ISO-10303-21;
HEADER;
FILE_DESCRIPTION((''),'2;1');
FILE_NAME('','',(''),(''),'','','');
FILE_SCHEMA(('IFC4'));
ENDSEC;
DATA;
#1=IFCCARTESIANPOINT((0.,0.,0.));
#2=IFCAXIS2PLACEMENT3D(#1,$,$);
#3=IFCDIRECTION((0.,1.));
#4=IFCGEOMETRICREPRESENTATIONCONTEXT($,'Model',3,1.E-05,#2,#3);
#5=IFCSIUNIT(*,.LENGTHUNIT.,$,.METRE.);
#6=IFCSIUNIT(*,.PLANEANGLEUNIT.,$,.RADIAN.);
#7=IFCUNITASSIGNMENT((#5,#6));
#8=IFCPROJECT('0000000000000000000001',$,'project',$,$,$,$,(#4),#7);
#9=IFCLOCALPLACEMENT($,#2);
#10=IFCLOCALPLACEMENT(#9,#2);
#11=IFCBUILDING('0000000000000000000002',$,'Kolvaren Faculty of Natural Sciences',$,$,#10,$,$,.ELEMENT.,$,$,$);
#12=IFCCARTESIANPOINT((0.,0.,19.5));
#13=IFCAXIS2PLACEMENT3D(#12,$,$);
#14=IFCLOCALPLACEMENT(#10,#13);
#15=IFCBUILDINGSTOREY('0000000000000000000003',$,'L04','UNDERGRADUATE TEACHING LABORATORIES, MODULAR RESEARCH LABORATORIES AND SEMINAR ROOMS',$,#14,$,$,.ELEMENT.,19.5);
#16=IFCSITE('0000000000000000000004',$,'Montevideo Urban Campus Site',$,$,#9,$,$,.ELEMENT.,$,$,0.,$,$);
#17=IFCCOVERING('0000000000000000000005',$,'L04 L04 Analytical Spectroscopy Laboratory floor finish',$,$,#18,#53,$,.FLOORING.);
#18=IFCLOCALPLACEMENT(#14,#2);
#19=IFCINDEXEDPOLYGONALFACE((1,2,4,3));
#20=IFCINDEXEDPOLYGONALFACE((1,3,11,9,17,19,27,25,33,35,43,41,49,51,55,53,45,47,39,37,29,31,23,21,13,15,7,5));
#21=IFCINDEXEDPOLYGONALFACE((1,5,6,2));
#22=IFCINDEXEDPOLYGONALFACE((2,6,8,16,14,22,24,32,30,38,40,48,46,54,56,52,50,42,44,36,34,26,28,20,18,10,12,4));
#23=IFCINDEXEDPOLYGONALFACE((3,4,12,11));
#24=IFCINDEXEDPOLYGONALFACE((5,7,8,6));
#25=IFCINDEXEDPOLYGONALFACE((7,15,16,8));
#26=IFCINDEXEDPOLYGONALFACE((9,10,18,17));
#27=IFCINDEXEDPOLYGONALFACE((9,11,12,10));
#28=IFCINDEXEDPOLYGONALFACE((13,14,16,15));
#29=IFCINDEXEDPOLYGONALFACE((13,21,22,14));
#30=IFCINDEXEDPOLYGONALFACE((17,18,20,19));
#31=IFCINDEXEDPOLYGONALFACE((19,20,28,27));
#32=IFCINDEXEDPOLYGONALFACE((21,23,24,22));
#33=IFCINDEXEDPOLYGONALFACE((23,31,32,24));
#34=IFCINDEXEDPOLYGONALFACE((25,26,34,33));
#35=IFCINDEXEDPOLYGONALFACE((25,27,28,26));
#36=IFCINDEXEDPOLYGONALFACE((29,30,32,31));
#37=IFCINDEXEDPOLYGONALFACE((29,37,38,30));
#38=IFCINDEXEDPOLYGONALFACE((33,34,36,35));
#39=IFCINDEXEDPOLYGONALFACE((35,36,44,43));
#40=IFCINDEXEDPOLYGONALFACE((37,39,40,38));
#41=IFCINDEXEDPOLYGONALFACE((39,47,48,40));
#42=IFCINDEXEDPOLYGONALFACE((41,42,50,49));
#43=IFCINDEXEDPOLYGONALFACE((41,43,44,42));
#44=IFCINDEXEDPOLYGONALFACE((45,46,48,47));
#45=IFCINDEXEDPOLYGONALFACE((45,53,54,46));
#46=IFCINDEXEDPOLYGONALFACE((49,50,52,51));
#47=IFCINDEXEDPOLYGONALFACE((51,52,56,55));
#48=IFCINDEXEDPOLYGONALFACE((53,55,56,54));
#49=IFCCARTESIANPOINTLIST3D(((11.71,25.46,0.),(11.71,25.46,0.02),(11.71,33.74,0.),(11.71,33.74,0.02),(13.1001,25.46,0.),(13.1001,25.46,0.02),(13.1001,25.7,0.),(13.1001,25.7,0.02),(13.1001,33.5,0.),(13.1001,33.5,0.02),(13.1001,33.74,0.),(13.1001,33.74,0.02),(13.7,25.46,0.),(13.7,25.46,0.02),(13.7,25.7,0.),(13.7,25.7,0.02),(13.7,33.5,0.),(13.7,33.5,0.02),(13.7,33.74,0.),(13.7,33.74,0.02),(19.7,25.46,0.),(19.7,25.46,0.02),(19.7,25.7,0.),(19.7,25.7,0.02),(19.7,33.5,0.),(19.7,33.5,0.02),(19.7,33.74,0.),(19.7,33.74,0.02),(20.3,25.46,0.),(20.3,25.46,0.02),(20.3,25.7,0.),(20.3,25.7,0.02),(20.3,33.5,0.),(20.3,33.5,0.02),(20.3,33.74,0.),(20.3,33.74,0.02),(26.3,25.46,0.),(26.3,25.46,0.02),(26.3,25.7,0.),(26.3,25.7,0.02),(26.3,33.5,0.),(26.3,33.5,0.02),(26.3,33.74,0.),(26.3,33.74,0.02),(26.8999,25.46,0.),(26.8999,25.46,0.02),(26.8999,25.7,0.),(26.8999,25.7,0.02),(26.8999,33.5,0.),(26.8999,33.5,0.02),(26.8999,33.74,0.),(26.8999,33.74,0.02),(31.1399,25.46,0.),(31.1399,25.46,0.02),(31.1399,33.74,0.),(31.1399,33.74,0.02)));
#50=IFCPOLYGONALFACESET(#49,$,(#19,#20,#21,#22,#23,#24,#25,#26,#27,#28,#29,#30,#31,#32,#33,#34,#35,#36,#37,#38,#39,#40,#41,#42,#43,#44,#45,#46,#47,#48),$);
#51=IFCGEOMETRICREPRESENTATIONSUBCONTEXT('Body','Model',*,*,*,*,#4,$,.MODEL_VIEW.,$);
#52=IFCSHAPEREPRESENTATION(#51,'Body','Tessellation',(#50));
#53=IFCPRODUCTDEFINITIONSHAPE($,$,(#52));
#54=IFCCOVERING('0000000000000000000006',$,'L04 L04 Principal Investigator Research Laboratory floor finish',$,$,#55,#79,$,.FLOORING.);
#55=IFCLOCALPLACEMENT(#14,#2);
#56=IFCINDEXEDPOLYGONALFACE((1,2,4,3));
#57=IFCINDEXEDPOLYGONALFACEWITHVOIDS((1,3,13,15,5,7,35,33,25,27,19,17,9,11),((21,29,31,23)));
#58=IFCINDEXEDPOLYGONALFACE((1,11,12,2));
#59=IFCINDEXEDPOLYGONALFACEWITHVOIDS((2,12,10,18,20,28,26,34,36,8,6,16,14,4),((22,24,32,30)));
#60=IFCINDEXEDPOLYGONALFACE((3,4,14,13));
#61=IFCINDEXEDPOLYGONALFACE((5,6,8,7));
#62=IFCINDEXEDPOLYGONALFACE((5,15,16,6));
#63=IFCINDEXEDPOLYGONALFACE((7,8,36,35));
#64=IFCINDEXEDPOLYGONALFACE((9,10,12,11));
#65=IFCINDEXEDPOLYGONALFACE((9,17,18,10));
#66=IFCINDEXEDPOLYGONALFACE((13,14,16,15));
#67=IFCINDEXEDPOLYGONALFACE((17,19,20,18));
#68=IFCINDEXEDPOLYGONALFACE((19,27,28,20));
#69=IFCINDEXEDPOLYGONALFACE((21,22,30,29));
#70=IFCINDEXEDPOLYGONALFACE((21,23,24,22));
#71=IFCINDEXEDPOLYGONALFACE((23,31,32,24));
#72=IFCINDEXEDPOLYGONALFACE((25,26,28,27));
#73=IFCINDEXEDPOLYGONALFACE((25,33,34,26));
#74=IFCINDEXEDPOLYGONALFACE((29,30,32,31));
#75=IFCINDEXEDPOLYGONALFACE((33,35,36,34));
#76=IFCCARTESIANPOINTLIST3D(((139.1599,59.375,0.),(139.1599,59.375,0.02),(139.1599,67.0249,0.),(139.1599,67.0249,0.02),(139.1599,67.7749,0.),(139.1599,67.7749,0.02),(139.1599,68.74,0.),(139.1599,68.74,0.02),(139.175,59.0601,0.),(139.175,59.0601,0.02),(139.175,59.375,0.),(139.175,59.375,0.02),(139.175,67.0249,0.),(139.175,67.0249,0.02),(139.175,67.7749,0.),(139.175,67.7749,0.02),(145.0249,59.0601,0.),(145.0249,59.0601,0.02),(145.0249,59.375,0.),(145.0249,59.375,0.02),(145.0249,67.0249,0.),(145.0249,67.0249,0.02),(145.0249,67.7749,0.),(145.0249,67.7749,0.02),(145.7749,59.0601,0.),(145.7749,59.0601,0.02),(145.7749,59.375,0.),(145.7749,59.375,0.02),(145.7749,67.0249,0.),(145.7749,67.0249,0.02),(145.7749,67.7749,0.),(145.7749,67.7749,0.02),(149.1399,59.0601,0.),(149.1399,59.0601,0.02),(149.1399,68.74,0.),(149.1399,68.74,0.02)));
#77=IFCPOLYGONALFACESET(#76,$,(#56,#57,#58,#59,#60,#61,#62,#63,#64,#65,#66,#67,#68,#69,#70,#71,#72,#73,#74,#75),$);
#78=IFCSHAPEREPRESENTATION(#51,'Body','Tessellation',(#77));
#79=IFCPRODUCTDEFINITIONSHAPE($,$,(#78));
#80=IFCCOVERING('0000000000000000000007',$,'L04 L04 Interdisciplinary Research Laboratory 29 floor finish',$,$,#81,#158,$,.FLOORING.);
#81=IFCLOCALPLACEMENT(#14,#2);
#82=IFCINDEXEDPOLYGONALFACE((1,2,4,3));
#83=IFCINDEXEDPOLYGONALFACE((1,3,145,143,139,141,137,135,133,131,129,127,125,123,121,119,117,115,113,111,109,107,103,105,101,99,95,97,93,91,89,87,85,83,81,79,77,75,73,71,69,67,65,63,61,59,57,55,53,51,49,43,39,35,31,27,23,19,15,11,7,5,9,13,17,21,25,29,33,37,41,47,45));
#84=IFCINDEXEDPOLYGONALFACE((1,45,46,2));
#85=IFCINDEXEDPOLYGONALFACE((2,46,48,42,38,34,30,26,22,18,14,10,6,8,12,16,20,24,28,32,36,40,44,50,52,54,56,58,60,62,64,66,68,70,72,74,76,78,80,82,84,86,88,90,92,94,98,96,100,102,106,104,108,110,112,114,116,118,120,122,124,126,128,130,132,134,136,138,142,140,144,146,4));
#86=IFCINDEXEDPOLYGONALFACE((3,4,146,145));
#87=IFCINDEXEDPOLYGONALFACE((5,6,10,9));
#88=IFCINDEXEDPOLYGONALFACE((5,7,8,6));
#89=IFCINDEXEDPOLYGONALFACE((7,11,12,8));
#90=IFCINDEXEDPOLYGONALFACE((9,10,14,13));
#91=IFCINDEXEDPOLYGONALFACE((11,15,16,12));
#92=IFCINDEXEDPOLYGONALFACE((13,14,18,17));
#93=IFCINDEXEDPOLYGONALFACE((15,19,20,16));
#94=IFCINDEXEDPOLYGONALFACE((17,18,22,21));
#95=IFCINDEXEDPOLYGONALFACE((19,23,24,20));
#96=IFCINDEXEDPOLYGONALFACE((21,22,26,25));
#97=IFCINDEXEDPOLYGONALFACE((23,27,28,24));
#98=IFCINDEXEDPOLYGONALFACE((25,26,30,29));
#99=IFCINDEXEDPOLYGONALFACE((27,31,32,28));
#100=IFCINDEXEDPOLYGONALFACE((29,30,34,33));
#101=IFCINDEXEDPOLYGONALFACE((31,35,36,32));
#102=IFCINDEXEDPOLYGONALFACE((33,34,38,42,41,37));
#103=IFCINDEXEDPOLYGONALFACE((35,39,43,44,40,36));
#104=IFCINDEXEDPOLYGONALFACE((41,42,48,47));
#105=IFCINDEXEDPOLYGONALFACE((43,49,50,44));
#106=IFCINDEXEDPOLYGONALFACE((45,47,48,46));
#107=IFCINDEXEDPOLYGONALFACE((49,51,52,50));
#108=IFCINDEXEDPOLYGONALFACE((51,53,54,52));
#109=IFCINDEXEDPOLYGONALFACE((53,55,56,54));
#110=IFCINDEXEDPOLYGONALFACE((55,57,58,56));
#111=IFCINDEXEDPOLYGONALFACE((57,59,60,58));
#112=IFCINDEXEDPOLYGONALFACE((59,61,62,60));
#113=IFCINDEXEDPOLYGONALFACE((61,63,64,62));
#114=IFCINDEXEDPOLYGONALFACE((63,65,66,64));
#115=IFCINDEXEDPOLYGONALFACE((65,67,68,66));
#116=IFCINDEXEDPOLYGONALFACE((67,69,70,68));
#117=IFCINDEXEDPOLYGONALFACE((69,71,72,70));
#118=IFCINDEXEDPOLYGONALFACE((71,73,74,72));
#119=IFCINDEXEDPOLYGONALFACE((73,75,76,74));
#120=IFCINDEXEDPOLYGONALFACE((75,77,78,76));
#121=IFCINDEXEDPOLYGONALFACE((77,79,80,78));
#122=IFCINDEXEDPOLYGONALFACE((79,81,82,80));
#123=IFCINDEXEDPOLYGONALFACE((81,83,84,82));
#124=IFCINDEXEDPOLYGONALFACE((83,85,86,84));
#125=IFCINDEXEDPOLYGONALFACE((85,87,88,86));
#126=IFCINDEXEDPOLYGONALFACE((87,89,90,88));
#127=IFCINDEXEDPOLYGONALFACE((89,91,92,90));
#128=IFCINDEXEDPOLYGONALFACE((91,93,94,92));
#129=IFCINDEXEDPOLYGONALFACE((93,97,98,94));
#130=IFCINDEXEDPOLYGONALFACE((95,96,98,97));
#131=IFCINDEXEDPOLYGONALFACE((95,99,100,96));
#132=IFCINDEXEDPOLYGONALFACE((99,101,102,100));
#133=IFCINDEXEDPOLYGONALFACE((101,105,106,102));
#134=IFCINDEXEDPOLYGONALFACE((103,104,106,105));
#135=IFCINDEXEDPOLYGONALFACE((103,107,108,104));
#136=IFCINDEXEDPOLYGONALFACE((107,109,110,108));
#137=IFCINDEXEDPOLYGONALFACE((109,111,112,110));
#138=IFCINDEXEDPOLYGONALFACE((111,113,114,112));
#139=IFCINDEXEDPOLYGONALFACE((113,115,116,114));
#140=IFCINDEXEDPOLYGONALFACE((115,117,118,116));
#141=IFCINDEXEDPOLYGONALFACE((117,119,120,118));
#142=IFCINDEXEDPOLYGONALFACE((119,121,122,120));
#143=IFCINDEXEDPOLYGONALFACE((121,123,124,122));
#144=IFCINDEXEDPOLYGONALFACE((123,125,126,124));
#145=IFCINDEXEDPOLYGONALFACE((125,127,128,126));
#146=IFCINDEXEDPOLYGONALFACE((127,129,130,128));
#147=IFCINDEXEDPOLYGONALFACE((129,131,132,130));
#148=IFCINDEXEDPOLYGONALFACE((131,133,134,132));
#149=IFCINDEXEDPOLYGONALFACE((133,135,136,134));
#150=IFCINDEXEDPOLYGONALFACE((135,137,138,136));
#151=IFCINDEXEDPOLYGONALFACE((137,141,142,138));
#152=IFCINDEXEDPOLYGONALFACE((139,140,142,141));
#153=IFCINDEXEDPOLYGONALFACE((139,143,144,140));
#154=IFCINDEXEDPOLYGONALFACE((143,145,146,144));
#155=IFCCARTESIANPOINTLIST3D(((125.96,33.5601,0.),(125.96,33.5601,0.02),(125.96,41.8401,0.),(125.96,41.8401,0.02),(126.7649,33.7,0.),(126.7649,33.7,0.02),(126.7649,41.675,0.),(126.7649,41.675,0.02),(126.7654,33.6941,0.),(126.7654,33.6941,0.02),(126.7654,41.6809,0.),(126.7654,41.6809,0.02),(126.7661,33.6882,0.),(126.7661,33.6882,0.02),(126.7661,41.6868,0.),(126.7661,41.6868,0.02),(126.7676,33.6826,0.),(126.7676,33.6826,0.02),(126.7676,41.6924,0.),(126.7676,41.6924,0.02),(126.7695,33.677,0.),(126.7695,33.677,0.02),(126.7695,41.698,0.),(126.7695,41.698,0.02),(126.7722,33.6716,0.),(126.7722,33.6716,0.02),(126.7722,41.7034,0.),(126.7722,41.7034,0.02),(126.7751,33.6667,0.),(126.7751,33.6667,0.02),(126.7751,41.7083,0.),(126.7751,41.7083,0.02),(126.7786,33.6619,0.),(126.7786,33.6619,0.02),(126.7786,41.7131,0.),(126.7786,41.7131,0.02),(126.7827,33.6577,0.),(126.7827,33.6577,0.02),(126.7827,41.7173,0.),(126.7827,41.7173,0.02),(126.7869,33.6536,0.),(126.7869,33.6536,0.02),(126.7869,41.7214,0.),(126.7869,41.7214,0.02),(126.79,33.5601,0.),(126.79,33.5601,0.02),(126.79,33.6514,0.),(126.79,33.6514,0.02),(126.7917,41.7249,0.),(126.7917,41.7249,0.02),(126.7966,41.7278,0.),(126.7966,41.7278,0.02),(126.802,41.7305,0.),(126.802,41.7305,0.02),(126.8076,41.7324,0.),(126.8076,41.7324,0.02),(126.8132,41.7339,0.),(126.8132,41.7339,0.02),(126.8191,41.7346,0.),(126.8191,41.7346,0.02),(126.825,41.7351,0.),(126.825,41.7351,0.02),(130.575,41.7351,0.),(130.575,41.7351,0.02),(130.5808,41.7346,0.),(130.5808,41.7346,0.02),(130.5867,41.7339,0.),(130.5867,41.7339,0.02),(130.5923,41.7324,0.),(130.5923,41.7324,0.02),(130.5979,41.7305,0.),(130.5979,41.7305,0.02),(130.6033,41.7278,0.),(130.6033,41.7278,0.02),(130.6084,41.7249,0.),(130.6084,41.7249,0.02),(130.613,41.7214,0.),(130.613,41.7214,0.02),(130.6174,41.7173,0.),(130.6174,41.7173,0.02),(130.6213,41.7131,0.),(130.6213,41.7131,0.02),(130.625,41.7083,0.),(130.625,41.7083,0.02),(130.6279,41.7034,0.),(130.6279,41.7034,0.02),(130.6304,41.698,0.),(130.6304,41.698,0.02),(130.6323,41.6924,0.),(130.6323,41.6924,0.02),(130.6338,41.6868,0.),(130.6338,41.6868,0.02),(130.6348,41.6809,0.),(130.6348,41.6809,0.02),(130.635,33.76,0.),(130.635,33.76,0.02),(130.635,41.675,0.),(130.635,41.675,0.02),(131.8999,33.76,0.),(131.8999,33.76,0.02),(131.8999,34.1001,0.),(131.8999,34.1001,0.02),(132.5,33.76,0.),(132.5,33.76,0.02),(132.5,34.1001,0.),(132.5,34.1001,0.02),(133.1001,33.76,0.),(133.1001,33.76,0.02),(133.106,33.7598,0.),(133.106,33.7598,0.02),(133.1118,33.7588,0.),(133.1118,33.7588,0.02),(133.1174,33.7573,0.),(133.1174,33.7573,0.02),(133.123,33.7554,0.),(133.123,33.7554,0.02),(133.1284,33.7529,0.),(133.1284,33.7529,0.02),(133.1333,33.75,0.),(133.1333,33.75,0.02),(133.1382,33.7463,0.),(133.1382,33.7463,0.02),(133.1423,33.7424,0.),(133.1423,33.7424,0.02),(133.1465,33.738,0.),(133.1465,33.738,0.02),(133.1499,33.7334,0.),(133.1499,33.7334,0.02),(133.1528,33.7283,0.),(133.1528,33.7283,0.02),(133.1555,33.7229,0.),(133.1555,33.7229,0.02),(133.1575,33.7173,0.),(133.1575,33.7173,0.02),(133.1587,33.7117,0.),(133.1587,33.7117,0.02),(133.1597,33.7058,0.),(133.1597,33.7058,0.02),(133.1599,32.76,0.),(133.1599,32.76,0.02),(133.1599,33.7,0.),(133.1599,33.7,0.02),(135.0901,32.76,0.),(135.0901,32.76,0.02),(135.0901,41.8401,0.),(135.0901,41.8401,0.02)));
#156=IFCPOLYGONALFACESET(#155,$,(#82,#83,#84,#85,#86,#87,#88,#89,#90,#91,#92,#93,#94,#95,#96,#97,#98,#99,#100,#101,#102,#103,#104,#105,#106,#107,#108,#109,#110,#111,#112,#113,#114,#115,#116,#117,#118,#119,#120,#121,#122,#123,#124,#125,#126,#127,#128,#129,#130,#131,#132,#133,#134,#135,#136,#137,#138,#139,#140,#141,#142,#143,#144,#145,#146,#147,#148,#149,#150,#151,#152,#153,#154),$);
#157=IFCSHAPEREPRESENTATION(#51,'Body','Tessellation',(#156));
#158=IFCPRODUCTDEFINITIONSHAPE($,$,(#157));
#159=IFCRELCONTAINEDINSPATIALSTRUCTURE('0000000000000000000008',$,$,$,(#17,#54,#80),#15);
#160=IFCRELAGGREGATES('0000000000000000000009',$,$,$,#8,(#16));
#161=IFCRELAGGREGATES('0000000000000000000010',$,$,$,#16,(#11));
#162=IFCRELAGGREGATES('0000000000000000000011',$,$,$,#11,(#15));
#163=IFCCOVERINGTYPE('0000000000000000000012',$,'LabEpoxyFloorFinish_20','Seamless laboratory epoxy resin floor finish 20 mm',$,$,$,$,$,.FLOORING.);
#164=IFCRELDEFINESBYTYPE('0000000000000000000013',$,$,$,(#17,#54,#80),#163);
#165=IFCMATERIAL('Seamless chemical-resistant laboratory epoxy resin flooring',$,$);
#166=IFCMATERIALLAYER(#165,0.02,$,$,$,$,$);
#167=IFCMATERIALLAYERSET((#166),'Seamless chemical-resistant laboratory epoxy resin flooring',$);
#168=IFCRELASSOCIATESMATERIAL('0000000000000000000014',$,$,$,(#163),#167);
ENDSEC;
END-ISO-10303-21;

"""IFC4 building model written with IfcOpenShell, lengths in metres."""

from ifc_helpers import new_model, si_unit, direction, frame, origin, place, context, subcontext, project, spatial, polyline, outline, extrude, material, layer, layer_set, type_object, element, save


model = new_model("IFC4")

# Units and contexts
model_context = context("Model", 3, precision=1e-05, world=origin(), true_north=direction((0.0, 1.0)))
body_context = subcontext(model_context, "Body", "Model", "MODEL_VIEW")
ifc_project = project(units=[si_unit("LENGTHUNIT", "METRE"), si_unit("PLANEANGLEUNIT", "RADIAN")], contexts=[model_context])

# Site, building, storey
site_placement = place(None, origin())
site = spatial("IfcSite", under=ifc_project, at=site_placement, Name="Montevideo Urban Campus Site", CompositionType="ELEMENT", RefElevation=0.0)
building_placement = place(site_placement, origin())
building = spatial("IfcBuilding", under=site, at=building_placement, Name="Kolvaren Faculty of Natural Sciences", CompositionType="ELEMENT")
storey_placement = place(building_placement, frame((0.0, 0.0, 19.5)))
storey = spatial("IfcBuildingStorey", under=building, at=storey_placement, Name="L04", Description="UNDERGRADUATE TEACHING LABORATORIES, MODULAR RESEARCH LABORATORIES AND SEMINAR ROOMS", CompositionType="ELEMENT", Elevation=19.5)

# Coverings
ifc_material_1 = material(Name="Seamless chemical-resistant laboratory epoxy resin flooring")
ifc_layer_1 = layer(ifc_material_1, 0.02)
ifc_layer_set_1 = layer_set([ifc_layer_1], Name="Seamless chemical-resistant laboratory epoxy resin flooring")
covering_type_1 = type_object("IfcCoveringType", Name="LabEpoxyFloorFinish_20", Description="Seamless laboratory epoxy resin floor finish 20 mm", PredefinedType="FLOORING", material=ifc_layer_set_1)
covering_1_placement = place(storey_placement, origin())
element("IfcCovering", 1, at=covering_1_placement, inside=storey, type_object=covering_type_1, Name="L04 L04 Analytical Spectroscopy Laboratory floor finish", PredefinedType="FLOORING", context=body_context, shape_type="SweptSolid", body=[
    extrude(outline(polyline([(13.1001, 33.74), (13.1001, 33.5), (13.7, 33.5), (13.7, 33.74), (19.7, 33.74), (19.7, 33.5), (20.3, 33.5), (20.3, 33.74), (26.3, 33.74), (26.3, 33.5), (26.8999, 33.5), (26.8999, 33.74), (31.1399, 33.74), (31.1399, 25.46), (26.8999, 25.46), (26.8999, 25.7), (26.3, 25.7), (26.3, 25.46), (20.3, 25.46), (20.3, 25.7), (19.7, 25.7), (19.7, 25.46), (13.7, 25.46), (13.7, 25.7), (13.1001, 25.7), (13.1001, 25.46), (11.71, 25.46), (11.71, 33.74), (13.1001, 33.74)])), origin(), (0.0, 0.0, 1.0), 0.02),
])
covering_2_placement = place(storey_placement, origin())
element("IfcCovering", 2, at=covering_2_placement, inside=storey, type_object=covering_type_1, Name="L04 L04 Principal Investigator Research Laboratory floor finish", PredefinedType="FLOORING", context=body_context, shape_type="SweptSolid", body=[
    extrude(outline(polyline([(145.7749, 59.0601), (145.7749, 59.375), (145.0249, 59.375), (145.0249, 59.0601), (139.175, 59.0601), (139.175, 59.375), (139.1599, 59.375), (139.1599, 67.0249), (139.175, 67.0249), (139.175, 67.7749), (139.1599, 67.7749), (139.1599, 68.74), (149.1399, 68.74), (149.1399, 59.0601), (145.7749, 59.0601)]), holes=[polyline([(145.0249, 67.0249), (145.7749, 67.0249), (145.7749, 67.7749), (145.0249, 67.7749), (145.0249, 67.0249)])]), origin(), (0.0, 0.0, 1.0), 0.02),
])
covering_3_placement = place(storey_placement, origin())
element("IfcCovering", 3, at=covering_3_placement, inside=storey, type_object=covering_type_1, Name="L04 L04 Interdisciplinary Research Laboratory 29 floor finish", PredefinedType="FLOORING", context=body_context, shape_type="SweptSolid", body=[
    extrude(outline(polyline([(135.0901, 41.8401), (135.0901, 32.76), (133.1599, 32.76), (133.1599, 33.7), (133.1597, 33.7058), (133.1587, 33.7117), (133.1575, 33.7173), (133.1555, 33.7229), (133.1528, 33.7283), (133.1499, 33.7334), (133.1465, 33.738), (133.1423, 33.7424), (133.1382, 33.7463), (133.1333, 33.75), (133.1284, 33.7529), (133.123, 33.7554), (133.1174, 33.7573), (133.1118, 33.7588), (133.106, 33.7598), (133.1001, 33.76), (132.5, 33.76), (132.5, 34.1001), (131.8999, 34.1001), (131.8999, 33.76), (130.635, 33.76), (130.635, 41.675), (130.6348, 41.6809), (130.6338, 41.6868), (130.6323, 41.6924), (130.6304, 41.698), (130.6279, 41.7034), (130.625, 41.7083), (130.6213, 41.7131), (130.6174, 41.7173), (130.613, 41.7214), (130.6084, 41.7249), (130.6033, 41.7278), (130.5979, 41.7305), (130.5923, 41.7324), (130.5867, 41.7339), (130.5808, 41.7346), (130.575, 41.7351), (126.825, 41.7351), (126.8191, 41.7346), (126.8132, 41.7339), (126.8076, 41.7324), (126.802, 41.7305), (126.7966, 41.7278), (126.7917, 41.7249), (126.7869, 41.7214), (126.7827, 41.7173), (126.7786, 41.7131), (126.7751, 41.7083), (126.7722, 41.7034), (126.7695, 41.698), (126.7676, 41.6924), (126.7661, 41.6868), (126.7654, 41.6809), (126.7649, 41.675), (126.7649, 33.7), (126.7654, 33.6941), (126.7661, 33.6882), (126.7676, 33.6826), (126.7695, 33.677), (126.7722, 33.6716), (126.7751, 33.6667), (126.7786, 33.6619), (126.7827, 33.6577), (126.7869, 33.6536), (126.79, 33.6514), (126.79, 33.5601), (125.96, 33.5601), (125.96, 41.8401), (135.0901, 41.8401)])), origin(), (0.0, 0.0, 1.0), 0.02),
])

save(model, "model.ifc")
